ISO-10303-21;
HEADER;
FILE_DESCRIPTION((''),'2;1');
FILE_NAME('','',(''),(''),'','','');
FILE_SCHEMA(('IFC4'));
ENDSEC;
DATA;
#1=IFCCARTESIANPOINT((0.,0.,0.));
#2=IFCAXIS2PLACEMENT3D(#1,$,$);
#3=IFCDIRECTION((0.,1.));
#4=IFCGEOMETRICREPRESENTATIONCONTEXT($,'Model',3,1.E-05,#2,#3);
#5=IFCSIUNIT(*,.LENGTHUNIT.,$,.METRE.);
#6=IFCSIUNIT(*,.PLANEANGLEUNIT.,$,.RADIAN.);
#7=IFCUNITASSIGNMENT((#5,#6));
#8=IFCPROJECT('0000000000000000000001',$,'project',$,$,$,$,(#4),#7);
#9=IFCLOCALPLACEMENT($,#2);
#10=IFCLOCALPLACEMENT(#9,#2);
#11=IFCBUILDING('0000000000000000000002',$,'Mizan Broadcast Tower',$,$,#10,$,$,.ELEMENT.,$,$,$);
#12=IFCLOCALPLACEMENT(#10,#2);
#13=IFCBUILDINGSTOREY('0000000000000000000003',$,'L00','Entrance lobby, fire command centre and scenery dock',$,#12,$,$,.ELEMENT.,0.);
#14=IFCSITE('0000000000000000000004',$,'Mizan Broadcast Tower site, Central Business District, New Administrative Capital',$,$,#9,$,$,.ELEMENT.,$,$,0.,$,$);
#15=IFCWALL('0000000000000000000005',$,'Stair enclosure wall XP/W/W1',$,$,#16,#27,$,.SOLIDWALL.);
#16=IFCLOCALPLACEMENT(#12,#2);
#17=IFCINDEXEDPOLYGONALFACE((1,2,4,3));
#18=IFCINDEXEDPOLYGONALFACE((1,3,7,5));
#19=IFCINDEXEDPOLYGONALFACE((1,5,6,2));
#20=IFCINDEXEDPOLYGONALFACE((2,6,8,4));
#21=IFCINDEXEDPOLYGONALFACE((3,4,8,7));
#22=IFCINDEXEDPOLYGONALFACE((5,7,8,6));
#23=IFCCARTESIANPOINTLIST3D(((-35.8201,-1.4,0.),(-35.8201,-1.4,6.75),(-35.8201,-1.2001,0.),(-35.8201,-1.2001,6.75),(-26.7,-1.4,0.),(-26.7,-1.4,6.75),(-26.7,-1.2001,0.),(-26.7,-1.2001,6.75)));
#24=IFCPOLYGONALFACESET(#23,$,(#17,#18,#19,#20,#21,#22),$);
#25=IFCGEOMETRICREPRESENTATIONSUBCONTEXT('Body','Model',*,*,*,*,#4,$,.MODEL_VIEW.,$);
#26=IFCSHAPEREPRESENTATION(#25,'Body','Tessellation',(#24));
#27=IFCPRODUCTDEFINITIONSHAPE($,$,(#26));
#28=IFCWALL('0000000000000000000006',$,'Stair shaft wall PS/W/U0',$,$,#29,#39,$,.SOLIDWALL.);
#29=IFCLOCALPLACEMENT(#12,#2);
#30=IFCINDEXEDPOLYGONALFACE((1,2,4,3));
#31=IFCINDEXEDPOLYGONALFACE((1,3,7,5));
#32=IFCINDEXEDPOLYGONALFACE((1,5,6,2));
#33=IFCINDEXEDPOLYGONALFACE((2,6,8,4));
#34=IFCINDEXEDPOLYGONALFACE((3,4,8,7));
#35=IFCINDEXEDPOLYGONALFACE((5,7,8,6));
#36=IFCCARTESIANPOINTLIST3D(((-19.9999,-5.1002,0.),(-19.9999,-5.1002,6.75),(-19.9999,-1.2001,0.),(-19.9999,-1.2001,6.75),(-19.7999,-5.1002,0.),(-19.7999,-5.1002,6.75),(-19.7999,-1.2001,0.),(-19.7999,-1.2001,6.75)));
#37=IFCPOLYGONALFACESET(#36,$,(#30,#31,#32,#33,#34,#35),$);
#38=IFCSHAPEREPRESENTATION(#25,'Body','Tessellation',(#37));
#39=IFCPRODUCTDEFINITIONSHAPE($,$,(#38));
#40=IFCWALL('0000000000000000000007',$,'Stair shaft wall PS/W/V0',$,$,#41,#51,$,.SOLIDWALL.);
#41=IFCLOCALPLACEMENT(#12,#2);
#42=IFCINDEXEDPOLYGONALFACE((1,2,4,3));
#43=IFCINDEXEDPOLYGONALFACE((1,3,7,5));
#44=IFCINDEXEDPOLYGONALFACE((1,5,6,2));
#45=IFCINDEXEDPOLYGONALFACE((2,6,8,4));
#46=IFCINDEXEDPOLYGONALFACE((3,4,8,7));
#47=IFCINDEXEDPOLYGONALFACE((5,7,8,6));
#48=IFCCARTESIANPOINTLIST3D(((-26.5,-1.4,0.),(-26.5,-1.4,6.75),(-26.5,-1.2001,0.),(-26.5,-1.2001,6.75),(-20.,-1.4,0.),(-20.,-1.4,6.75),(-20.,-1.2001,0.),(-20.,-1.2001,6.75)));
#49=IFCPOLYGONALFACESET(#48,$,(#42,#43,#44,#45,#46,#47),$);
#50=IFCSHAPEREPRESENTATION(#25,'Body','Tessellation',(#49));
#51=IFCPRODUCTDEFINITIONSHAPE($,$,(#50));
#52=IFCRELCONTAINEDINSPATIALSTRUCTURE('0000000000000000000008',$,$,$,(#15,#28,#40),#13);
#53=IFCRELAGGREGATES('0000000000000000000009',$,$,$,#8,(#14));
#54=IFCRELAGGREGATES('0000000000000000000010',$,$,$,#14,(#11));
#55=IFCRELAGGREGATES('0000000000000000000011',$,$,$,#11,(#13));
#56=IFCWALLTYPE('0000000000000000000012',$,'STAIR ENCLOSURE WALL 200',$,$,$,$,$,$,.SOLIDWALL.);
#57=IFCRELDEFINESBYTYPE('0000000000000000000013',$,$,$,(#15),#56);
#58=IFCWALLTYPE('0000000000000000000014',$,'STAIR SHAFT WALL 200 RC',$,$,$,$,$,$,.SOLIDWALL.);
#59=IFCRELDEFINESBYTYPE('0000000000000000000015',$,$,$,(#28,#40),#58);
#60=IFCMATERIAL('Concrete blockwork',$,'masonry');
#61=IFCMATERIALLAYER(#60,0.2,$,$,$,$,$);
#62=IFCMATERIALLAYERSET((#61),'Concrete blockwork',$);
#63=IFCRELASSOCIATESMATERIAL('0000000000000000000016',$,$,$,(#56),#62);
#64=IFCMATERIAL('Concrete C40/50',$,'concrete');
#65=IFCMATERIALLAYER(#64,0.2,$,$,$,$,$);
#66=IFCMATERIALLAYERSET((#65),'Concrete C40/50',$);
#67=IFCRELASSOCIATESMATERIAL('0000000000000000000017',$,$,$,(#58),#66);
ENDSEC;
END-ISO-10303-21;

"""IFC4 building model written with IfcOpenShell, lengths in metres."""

from ifc_helpers import new_model, si_unit, direction, frame, frame_2d, origin, place, context, subcontext, project, spatial, rectangle, extrude, material, layer, layer_set, type_object, element, save


model = new_model("IFC4")

# Units and contexts
model_context = context("Model", 3, precision=1e-05, world=origin(), true_north=direction((0.0, 1.0)))
body_context = subcontext(model_context, "Body", "Model", "MODEL_VIEW")
ifc_project = project(units=[si_unit("LENGTHUNIT", "METRE"), si_unit("PLANEANGLEUNIT", "RADIAN")], contexts=[model_context])

# Site, building, storey
site_placement = place(None, origin())
site = spatial("IfcSite", under=ifc_project, at=site_placement, Name="Mizan Broadcast Tower site, Central Business District, New Administrative Capital", CompositionType="ELEMENT", RefElevation=0.0)
building_placement = place(site_placement, origin())
building = spatial("IfcBuilding", under=site, at=building_placement, Name="Mizan Broadcast Tower", CompositionType="ELEMENT")
storey_placement = place(building_placement, origin())
storey = spatial("IfcBuildingStorey", under=building, at=storey_placement, Name="L00", Description="Entrance lobby, fire command centre and scenery dock", CompositionType="ELEMENT", Elevation=0.0)

# Walls
ifc_material_1 = material(Name="Concrete blockwork", Category="masonry")
ifc_layer_1 = layer(ifc_material_1, 0.2)
ifc_layer_set_1 = layer_set([ifc_layer_1], Name="Concrete blockwork")
wall_type_1 = type_object("IfcWallType", Name="STAIR ENCLOSURE WALL 200", PredefinedType="SOLIDWALL", material=ifc_layer_set_1)
wall_1_placement = place(storey_placement, frame((-26.7, -1.3, 0.0), z_axis=(0.0, 0.0, 1.0), x_axis=(-1.0, 0.0, 0.0)))
element("IfcWall", 1, at=wall_1_placement, inside=storey, type_object=wall_type_1, Name="Stair enclosure wall XP/W/W1", PredefinedType="SOLIDWALL", context=body_context, shape_type="SweptSolid", body=[
    extrude(rectangle(XDim=9.1201, YDim=0.2, at=frame_2d((4.5601, 0.0))), origin(), (0.0, 0.0, 1.0), 6.75),
])
ifc_material_2 = material(Name="Concrete C40/50", Category="concrete")
ifc_layer_2 = layer(ifc_material_2, 0.2)
ifc_layer_set_2 = layer_set([ifc_layer_2], Name="Concrete C40/50")
wall_type_2 = type_object("IfcWallType", Name="STAIR SHAFT WALL 200 RC", PredefinedType="SOLIDWALL", material=ifc_layer_set_2)
wall_2_placement = place(storey_placement, frame((-19.8999, -1.2, 0.0), z_axis=(0.0, 0.0, 1.0), x_axis=(0.0, -1.0, 0.0)))
element("IfcWall", 2, at=wall_2_placement, inside=storey, type_object=wall_type_2, Name="Stair shaft wall PS/W/U0", PredefinedType="SOLIDWALL", context=body_context, shape_type="SweptSolid", body=[
    extrude(rectangle(XDim=3.9001, YDim=0.2, at=frame_2d((1.9502, 0.0))), origin(), (0.0, 0.0, 1.0), 6.75),
])
wall_3_placement = place(storey_placement, frame((-20.0, -1.3, 0.0), z_axis=(0.0, 0.0, 1.0), x_axis=(-1.0, 0.0, 0.0)))
element("IfcWall", 3, at=wall_3_placement, inside=storey, type_object=wall_type_2, Name="Stair shaft wall PS/W/V0", PredefinedType="SOLIDWALL", context=body_context, shape_type="SweptSolid", body=[
    extrude(rectangle(XDim=6.5, YDim=0.2, at=frame_2d((3.25, 0.0))), origin(), (0.0, 0.0, 1.0), 6.75),
])

save(model, "model.ifc")
